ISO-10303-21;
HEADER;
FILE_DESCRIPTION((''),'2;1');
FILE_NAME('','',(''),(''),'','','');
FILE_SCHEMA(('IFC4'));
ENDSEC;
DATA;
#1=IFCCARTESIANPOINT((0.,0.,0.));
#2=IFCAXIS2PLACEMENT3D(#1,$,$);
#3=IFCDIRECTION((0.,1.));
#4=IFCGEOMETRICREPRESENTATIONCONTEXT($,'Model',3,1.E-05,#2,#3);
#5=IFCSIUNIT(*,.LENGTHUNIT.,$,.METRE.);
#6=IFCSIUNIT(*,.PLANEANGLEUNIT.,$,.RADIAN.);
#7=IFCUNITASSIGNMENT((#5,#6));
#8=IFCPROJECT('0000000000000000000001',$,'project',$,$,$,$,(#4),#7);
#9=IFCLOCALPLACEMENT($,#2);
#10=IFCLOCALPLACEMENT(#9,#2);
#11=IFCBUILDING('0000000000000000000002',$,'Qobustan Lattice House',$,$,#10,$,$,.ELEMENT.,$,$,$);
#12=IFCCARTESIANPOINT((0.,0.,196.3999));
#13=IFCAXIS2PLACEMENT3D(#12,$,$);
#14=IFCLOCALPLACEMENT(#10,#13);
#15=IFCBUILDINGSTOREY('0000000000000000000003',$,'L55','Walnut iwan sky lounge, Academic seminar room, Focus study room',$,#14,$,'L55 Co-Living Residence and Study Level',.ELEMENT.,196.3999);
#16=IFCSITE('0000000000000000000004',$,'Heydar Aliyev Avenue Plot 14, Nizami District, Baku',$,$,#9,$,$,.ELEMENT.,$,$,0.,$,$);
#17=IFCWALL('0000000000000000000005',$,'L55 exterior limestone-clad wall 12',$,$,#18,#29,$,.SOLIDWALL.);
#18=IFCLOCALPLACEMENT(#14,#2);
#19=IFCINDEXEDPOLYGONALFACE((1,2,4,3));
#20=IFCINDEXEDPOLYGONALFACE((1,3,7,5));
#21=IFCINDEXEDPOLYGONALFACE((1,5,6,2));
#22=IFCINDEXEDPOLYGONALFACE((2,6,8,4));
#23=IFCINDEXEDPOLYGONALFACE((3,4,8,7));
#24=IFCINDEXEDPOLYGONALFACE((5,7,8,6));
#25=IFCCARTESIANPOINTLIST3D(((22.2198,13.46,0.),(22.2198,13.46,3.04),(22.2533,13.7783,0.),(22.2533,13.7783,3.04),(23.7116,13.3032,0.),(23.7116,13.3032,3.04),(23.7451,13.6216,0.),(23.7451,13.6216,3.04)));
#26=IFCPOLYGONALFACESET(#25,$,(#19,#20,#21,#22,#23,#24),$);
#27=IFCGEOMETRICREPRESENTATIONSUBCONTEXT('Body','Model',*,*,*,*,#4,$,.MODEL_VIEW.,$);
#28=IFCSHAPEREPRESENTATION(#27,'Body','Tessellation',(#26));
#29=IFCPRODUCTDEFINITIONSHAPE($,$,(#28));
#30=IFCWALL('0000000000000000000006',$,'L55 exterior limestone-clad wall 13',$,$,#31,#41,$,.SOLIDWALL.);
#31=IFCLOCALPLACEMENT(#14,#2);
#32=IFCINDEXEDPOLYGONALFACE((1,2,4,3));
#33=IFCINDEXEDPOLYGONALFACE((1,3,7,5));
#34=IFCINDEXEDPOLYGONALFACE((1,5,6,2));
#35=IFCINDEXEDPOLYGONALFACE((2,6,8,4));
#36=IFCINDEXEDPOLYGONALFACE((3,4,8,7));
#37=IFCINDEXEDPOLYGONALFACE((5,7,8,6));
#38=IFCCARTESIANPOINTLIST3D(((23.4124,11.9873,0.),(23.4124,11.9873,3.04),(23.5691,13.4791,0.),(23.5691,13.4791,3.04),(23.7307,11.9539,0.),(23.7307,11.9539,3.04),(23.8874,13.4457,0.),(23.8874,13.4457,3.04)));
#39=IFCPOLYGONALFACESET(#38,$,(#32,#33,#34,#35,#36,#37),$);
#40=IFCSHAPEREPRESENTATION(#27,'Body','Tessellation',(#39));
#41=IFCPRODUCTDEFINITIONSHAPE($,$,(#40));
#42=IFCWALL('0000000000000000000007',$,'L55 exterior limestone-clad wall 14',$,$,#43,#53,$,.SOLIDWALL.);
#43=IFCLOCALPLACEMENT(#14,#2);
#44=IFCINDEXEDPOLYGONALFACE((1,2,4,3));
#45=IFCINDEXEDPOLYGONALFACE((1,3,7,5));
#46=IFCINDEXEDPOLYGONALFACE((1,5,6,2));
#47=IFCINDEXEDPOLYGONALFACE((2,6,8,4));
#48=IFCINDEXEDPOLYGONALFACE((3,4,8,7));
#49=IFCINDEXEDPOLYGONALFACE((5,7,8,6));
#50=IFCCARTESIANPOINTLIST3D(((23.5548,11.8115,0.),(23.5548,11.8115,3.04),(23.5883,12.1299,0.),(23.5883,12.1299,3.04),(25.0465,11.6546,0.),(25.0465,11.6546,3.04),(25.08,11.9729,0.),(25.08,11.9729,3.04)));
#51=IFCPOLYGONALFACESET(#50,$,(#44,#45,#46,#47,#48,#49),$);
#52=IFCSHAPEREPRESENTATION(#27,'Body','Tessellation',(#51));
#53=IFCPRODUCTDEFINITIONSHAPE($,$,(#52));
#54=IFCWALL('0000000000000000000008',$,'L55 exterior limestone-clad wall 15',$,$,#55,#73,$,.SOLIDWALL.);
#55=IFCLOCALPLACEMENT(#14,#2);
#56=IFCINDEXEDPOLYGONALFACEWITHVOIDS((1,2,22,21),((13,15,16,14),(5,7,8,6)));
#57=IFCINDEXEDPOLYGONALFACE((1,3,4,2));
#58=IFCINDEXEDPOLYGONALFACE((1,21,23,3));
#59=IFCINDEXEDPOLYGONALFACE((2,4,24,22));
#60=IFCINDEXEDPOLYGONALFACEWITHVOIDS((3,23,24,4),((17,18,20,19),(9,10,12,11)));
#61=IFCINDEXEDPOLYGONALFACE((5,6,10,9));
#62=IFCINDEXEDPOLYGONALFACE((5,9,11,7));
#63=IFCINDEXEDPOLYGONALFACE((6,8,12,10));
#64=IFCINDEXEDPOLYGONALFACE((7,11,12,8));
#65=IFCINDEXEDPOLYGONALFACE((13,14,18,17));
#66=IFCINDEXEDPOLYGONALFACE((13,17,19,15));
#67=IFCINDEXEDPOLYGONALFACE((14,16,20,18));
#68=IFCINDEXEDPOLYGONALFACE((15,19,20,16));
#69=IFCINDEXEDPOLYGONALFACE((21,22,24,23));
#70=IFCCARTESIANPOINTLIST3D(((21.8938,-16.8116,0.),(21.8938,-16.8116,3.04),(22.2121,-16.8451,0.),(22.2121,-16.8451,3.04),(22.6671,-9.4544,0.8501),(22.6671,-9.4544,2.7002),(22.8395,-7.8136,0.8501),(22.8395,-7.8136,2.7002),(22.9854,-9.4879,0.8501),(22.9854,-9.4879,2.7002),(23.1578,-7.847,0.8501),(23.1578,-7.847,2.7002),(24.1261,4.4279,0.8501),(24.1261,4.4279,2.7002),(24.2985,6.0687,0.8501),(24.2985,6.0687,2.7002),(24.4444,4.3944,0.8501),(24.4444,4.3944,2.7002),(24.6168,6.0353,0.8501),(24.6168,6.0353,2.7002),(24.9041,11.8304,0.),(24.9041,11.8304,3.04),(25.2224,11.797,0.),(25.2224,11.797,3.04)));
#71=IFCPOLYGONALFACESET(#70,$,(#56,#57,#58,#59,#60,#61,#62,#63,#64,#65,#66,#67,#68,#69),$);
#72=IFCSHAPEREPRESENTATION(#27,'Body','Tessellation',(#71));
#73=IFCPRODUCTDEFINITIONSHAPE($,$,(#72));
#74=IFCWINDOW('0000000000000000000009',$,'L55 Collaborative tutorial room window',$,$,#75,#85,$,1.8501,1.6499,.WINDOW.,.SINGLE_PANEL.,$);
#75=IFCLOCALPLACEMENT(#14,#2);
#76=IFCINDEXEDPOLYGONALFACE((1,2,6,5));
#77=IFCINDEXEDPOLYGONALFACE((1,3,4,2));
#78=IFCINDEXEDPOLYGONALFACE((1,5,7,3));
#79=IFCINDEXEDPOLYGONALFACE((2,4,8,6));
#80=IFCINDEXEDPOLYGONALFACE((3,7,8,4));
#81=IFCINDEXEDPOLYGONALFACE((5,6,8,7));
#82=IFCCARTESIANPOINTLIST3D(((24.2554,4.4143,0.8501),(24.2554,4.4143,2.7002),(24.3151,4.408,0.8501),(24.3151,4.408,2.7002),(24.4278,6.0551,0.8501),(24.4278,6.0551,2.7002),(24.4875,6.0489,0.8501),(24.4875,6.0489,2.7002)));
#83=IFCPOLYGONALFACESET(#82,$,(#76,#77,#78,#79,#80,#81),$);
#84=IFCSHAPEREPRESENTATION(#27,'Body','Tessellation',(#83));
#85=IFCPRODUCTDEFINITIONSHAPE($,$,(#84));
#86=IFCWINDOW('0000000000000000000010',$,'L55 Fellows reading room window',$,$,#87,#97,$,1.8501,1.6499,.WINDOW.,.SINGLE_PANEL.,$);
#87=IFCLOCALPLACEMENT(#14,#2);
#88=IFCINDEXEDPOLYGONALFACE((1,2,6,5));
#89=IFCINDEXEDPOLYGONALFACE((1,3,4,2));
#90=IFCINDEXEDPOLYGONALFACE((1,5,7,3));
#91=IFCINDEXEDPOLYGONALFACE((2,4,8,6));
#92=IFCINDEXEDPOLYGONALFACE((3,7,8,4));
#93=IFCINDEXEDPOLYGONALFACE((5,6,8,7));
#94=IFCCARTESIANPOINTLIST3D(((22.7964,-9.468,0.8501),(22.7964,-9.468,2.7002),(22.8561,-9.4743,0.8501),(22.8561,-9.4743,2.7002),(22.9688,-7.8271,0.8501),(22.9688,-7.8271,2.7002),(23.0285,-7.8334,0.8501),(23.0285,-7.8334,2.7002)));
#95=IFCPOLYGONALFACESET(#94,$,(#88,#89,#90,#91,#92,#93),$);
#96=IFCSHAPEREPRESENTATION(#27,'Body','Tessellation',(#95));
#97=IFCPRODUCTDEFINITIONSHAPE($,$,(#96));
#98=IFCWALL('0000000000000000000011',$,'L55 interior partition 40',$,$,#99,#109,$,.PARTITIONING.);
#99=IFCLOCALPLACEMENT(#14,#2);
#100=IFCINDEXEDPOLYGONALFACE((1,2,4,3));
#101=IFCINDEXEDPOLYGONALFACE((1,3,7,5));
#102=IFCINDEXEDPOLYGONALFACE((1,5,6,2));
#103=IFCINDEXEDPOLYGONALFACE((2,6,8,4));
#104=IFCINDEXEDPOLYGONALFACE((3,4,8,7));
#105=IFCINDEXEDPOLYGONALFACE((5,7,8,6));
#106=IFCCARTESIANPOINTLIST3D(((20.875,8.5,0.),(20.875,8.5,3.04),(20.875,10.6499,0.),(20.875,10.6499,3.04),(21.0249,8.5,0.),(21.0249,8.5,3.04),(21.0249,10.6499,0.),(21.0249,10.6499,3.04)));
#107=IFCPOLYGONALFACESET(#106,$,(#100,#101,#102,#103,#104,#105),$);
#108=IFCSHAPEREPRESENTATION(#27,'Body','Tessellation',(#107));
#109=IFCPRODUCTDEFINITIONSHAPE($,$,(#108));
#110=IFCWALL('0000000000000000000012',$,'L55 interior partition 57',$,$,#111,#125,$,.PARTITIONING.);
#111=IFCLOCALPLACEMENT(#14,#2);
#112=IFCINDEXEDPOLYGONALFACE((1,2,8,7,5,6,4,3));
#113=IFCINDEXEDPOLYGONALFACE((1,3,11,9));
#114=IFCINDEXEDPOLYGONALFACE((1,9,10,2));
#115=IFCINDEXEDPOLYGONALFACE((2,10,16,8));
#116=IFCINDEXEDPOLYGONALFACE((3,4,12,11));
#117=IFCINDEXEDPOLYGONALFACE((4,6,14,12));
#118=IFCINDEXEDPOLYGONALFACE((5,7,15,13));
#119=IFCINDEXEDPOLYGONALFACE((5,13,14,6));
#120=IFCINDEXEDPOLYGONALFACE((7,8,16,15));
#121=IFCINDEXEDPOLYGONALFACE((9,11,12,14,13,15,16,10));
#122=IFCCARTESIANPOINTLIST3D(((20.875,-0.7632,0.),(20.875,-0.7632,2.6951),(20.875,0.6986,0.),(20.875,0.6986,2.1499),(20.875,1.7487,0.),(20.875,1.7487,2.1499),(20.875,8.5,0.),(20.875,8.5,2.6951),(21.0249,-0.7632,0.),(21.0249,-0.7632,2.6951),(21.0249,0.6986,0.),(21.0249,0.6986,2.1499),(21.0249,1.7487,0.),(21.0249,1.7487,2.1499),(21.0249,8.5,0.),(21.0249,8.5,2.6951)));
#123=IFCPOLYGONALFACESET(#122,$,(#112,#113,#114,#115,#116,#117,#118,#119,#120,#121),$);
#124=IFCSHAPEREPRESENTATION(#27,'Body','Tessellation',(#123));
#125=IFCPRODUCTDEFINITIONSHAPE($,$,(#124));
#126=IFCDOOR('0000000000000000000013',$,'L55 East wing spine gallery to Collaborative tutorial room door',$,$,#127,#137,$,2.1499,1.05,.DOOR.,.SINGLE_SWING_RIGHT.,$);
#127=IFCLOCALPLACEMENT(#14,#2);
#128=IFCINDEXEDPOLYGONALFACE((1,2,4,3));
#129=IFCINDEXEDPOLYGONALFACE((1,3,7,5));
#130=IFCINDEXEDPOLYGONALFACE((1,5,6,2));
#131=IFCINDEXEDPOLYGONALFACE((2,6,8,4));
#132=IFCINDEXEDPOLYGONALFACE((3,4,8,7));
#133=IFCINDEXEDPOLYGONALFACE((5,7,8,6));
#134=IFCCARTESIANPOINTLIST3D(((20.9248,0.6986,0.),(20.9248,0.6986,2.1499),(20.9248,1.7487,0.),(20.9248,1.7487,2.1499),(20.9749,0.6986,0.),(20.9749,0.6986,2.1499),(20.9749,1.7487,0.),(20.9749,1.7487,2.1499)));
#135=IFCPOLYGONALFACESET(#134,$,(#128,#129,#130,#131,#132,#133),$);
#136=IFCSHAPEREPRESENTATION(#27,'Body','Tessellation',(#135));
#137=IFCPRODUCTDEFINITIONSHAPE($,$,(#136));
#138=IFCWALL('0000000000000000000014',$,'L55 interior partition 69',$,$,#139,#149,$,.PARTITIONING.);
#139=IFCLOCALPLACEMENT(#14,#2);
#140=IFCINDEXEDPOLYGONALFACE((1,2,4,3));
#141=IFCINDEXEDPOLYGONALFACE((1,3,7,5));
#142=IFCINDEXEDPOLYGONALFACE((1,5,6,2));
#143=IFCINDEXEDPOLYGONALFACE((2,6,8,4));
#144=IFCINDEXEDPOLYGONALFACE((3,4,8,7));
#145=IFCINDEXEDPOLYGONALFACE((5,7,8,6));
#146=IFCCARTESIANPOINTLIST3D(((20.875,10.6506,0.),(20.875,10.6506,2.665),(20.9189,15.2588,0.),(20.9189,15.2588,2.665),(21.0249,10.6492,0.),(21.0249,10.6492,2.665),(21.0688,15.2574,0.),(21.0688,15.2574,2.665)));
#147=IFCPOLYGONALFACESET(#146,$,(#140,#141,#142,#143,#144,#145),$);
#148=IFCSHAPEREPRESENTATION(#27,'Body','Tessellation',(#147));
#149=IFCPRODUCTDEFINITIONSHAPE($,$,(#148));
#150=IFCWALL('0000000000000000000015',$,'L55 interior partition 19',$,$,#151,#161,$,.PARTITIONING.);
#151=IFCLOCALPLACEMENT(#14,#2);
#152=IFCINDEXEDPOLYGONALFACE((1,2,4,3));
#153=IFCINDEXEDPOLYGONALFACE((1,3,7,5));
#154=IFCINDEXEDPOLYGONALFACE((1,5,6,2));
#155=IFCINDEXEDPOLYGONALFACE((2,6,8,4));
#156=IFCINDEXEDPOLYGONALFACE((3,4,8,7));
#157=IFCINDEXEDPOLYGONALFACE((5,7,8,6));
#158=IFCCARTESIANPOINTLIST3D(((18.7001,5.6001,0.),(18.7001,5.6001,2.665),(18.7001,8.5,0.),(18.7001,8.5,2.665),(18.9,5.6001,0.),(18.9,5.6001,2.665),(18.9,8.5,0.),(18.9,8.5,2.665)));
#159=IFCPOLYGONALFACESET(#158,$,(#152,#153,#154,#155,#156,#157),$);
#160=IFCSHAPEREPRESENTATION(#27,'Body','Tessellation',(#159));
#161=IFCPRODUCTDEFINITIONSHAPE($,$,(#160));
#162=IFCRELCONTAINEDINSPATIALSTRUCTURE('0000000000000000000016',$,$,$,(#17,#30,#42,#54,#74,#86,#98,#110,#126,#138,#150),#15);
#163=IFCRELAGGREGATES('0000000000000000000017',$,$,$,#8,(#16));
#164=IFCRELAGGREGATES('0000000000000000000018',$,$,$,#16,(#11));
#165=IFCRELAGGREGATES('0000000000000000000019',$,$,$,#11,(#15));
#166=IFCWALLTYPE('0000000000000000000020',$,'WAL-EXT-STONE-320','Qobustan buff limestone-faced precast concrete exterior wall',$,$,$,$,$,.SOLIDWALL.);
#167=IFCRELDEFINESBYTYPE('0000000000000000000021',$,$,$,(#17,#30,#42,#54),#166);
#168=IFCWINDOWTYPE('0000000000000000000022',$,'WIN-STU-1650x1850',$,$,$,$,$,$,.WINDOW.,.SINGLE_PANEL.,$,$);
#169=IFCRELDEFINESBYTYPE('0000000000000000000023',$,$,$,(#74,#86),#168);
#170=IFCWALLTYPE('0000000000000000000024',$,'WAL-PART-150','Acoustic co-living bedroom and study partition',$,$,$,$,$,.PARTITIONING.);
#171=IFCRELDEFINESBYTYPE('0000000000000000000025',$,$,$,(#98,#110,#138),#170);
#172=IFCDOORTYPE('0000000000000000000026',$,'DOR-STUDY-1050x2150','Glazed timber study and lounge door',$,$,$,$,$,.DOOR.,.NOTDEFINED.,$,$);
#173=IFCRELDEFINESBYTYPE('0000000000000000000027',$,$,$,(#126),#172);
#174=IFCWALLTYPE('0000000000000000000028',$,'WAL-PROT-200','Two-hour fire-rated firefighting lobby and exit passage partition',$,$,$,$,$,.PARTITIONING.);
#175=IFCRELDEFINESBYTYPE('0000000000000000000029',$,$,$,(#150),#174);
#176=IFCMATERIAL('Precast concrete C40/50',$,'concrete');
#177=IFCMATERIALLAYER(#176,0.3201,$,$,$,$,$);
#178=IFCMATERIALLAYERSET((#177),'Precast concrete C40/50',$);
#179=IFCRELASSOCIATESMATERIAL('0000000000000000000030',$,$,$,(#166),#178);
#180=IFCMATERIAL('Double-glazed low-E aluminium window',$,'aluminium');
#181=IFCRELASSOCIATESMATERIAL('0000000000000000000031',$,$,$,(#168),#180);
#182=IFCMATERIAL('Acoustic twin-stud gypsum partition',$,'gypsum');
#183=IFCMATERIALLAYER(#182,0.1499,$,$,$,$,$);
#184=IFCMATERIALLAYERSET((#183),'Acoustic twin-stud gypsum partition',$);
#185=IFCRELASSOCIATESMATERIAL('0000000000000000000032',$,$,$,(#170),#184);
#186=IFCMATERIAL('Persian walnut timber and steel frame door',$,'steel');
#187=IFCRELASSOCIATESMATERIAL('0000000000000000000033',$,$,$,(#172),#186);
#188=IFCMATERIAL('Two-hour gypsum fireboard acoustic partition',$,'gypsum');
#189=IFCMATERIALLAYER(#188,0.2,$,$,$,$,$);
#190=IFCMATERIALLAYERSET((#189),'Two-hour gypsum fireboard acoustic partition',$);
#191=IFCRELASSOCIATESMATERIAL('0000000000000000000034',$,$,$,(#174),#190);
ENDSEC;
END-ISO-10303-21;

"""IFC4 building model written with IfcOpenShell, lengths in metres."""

from ifc_helpers import new_model, si_unit, direction, frame, frame_2d, origin, place, context, subcontext, project, spatial, rectangle, extrude, material, layer, layer_set, type_object, element, fill, save


model = new_model("IFC4")

# Units and contexts
model_context = context("Model", 3, precision=1e-05, world=origin(), true_north=direction((0.0, 1.0)))
body_context = subcontext(model_context, "Body", "Model", "MODEL_VIEW")
ifc_project = project(units=[si_unit("LENGTHUNIT", "METRE"), si_unit("PLANEANGLEUNIT", "RADIAN")], contexts=[model_context])

# Site, building, storey
site_placement = place(None, origin())
site = spatial("IfcSite", under=ifc_project, at=site_placement, Name="Heydar Aliyev Avenue Plot 14, Nizami District, Baku", CompositionType="ELEMENT", RefElevation=0.0)
building_placement = place(site_placement, origin())
building = spatial("IfcBuilding", under=site, at=building_placement, Name="Qobustan Lattice House", CompositionType="ELEMENT")
storey_placement = place(building_placement, frame((0.0, 0.0, 196.3999)))
storey = spatial("IfcBuildingStorey", under=building, at=storey_placement, Name="L55", Description="Walnut iwan sky lounge, Academic seminar room, Focus study room", LongName="L55 Co-Living Residence and Study Level", CompositionType="ELEMENT", Elevation=196.3999)

# Walls
ifc_material_1 = material(Name="Precast concrete C40/50", Category="concrete")
ifc_layer_1 = layer(ifc_material_1, 0.3201)
ifc_layer_set_1 = layer_set([ifc_layer_1], Name="Precast concrete C40/50")
wall_type_1 = type_object("IfcWallType", Name="WAL-EXT-STONE-320", Description="Qobustan buff limestone-faced precast concrete exterior wall", PredefinedType="SOLIDWALL", material=ifc_layer_set_1)
for number, where, z_axis, x_axis, name in (
    (1, (22.2366, 13.6191, 0.0), (0.0, 0.0, 1.0), (0.994525, -0.104498, 0.0), "L55 exterior limestone-clad wall 12"),
    (2, (23.7283, 13.4624, 0.0), (0.0, 0.0, 1.0), (-0.104498, -0.994525, 0.0), "L55 exterior limestone-clad wall 13"),
    (3, (23.5715, 11.9707, 0.0), (0.0, 0.0, 1.0), (0.994508, -0.104659, 0.0), "L55 exterior limestone-clad wall 14"),
):
    element("IfcWall", number, at=place(storey_placement, frame(where, z_axis=z_axis, x_axis=x_axis)), inside=storey, type_object=wall_type_1, Name=name, PredefinedType="SOLIDWALL", context=body_context, shape_type="SweptSolid", body=[
        extrude(rectangle(XDim=1.5, YDim=0.3201, at=frame_2d((0.75, 0.0))), origin(), (0.0, 0.0, 1.0), 3.04),
    ])

# Wall, openings, windows
wall_1_placement = place(storey_placement, frame((25.0632, 11.8137, 0.0), z_axis=(0.0, 0.0, 1.0), x_axis=(-0.104523, -0.994522, 0.0)))
wall_1 = element("IfcWall", 4, at=wall_1_placement, inside=storey, type_object=wall_type_1, Name="L55 exterior limestone-clad wall 15", PredefinedType="SOLIDWALL", context=body_context, shape_type="SweptSolid", body=[
    extrude(rectangle(XDim=28.7998, YDim=0.3201, at=frame_2d((14.3999, 0.0))), origin(), (0.0, 0.0, 1.0), 3.04),
])
opening_1_placement = place(wall_1_placement, frame((5.7935, 0.0, 0.8501)))
opening_1 = element("IfcOpeningElement", 5, at=opening_1_placement, cuts=wall_1, PredefinedType="OPENING", context=body_context, shape_type="SweptSolid", body=[
    extrude(rectangle(XDim=1.6499, YDim=1.8501, at=frame_2d((0.825, 0.925))), frame((0.0, 0.1699, 0.0), z_axis=(0.0, -1.0, 0.0), x_axis=(1.0, 0.0, 0.0)), (0.0, 0.0, 1.0), 0.3401),
])
opening_2_placement = place(wall_1_placement, frame((19.7522, 0.0, 0.8501)))
opening_2 = element("IfcOpeningElement", 6, at=opening_2_placement, cuts=wall_1, PredefinedType="OPENING", context=body_context, shape_type="SweptSolid", body=[
    extrude(rectangle(XDim=1.6499, YDim=1.8501, at=frame_2d((0.825, 0.925))), frame((0.0, 0.1699, 0.0), z_axis=(0.0, -1.0, 0.0), x_axis=(1.0, 0.0, 0.0)), (0.0, 0.0, 1.0), 0.3401),
])
ifc_material_2 = material(Name="Double-glazed low-E aluminium window", Category="aluminium")
window_type = type_object("IfcWindowType", Name="WIN-STU-1650x1850", PartitioningType="SINGLE_PANEL", PredefinedType="WINDOW", material=ifc_material_2)
window_1_placement = place(opening_1_placement, origin())
window_1 = element("IfcWindow", 7, at=window_1_placement, inside=storey, type_object=window_type, Name="L55 Collaborative tutorial room window", OverallHeight=1.8501, OverallWidth=1.6499, PartitioningType="SINGLE_PANEL", PredefinedType="WINDOW", context=body_context, shape_type="SweptSolid", body=[
    extrude(rectangle(XDim=1.6499, YDim=1.8501, at=frame_2d((0.825, 0.925))), frame((0.0, 0.03, 0.0), z_axis=(0.0, -1.0, 0.0), x_axis=(1.0, 0.0, 0.0)), (0.0, 0.0, 1.0), 0.0601),
])
fill(opening_1, window_1)
window_2_placement = place(opening_2_placement, origin())
window_2 = element("IfcWindow", 8, at=window_2_placement, inside=storey, type_object=window_type, Name="L55 Fellows reading room window", OverallHeight=1.8501, OverallWidth=1.6499, PartitioningType="SINGLE_PANEL", PredefinedType="WINDOW", context=body_context, shape_type="SweptSolid", body=[
    extrude(rectangle(XDim=1.6499, YDim=1.8501, at=frame_2d((0.825, 0.925))), frame((0.0, 0.03, 0.0), z_axis=(0.0, -1.0, 0.0), x_axis=(1.0, 0.0, 0.0)), (0.0, 0.0, 1.0), 0.0601),
])
fill(opening_2, window_2)

# Wall
ifc_material_3 = material(Name="Acoustic twin-stud gypsum partition", Category="gypsum")
ifc_layer_2 = layer(ifc_material_3, 0.1499)
ifc_layer_set_2 = layer_set([ifc_layer_2], Name="Acoustic twin-stud gypsum partition")
wall_type_2 = type_object("IfcWallType", Name="WAL-PART-150", Description="Acoustic co-living bedroom and study partition", PredefinedType="PARTITIONING", material=ifc_layer_set_2)
wall_2_placement = place(storey_placement, frame((20.95, 10.6499, 0.0), z_axis=(0.0, 0.0, 1.0), x_axis=(0.0, -1.0, 0.0)))
element("IfcWall", 9, at=wall_2_placement, inside=storey, type_object=wall_type_2, Name="L55 interior partition 40", PredefinedType="PARTITIONING", context=body_context, shape_type="SweptSolid", body=[
    extrude(rectangle(XDim=2.1499, YDim=0.1499, at=frame_2d((1.075, 0.0))), origin(), (0.0, 0.0, 1.0), 3.04),
])

# Wall, opening, door
wall_3_placement = place(storey_placement, frame((20.95, 8.5, 0.0), z_axis=(0.0, 0.0, 1.0), x_axis=(0.0, -1.0, 0.0)))
wall_3 = element("IfcWall", 10, at=wall_3_placement, inside=storey, type_object=wall_type_2, Name="L55 interior partition 57", PredefinedType="PARTITIONING", context=body_context, shape_type="SweptSolid", body=[
    extrude(rectangle(XDim=9.2632, YDim=0.1499, at=frame_2d((4.6316, 0.0))), origin(), (0.0, 0.0, 1.0), 2.6951),
])
opening_3_placement = place(wall_3_placement, frame((6.7515, 0.0, 0.0)))
opening_3 = element("IfcOpeningElement", 11, at=opening_3_placement, cuts=wall_3, PredefinedType="OPENING", context=body_context, shape_type="SweptSolid", body=[
    extrude(rectangle(XDim=1.05, YDim=2.1499, at=frame_2d((0.5249, 1.075))), frame((0.0, 0.085, 0.0), z_axis=(0.0, -1.0, 0.0), x_axis=(1.0, 0.0, 0.0)), (0.0, 0.0, 1.0), 0.1699),
])
ifc_material_4 = material(Name="Persian walnut timber and steel frame door", Category="steel")
door_type_1 = type_object("IfcDoorType", Name="DOR-STUDY-1050x2150", Description="Glazed timber study and lounge door", OperationType="NOTDEFINED", PredefinedType="DOOR", material=ifc_material_4)
door_1_placement = place(opening_3_placement, origin())
door_1 = element("IfcDoor", 12, at=door_1_placement, inside=storey, type_object=door_type_1, Name="L55 East wing spine gallery to Collaborative tutorial room door", OperationType="SINGLE_SWING_RIGHT", OverallHeight=2.1499, OverallWidth=1.05, PredefinedType="DOOR", context=body_context, shape_type="SweptSolid", body=[
    extrude(rectangle(XDim=1.05, YDim=2.1499, at=frame_2d((0.5249, 1.075))), frame((0.0, 0.0249, 0.0), z_axis=(0.0, -1.0, 0.0), x_axis=(1.0, 0.0, 0.0)), (0.0, 0.0, 1.0), 0.05),
])
fill(opening_3, door_1)

# Wall
wall_4_placement = place(storey_placement, frame((20.95, 10.6499, 0.0), z_axis=(0.0, 0.0, 1.0), x_axis=(0.009536, 0.999955, 0.0)))
element("IfcWall", 13, at=wall_4_placement, inside=storey, type_object=wall_type_2, Name="L55 interior partition 69", PredefinedType="PARTITIONING", context=body_context, shape_type="SweptSolid", body=[
    extrude(rectangle(XDim=4.6084, YDim=0.1499, at=frame_2d((2.3042, 0.0))), origin(), (0.0, 0.0, 1.0), 2.665),
])

# Shared definitions
ifc_material_5 = material(Name="Two-hour gypsum fireboard acoustic partition", Category="gypsum")
ifc_layer_3 = layer(ifc_material_5, 0.2)
ifc_layer_set_3 = layer_set([ifc_layer_3], Name="Two-hour gypsum fireboard acoustic partition")
wall_type_3 = type_object("IfcWallType", Name="WAL-PROT-200", Description="Two-hour fire-rated firefighting lobby and exit passage partition", PredefinedType="PARTITIONING", material=ifc_layer_set_3)

# Wall
wall_5_placement = place(storey_placement, frame((18.8, 5.6001, 0.0), z_axis=(0.0, 0.0, 1.0), x_axis=(0.0, 1.0, 0.0)))
element("IfcWall", 14, at=wall_5_placement, inside=storey, type_object=wall_type_3, Name="L55 interior partition 19", PredefinedType="PARTITIONING", context=body_context, shape_type="SweptSolid", body=[
    extrude(rectangle(XDim=2.8999, YDim=0.2, at=frame_2d((1.45, 0.0))), origin(), (0.0, 0.0, 1.0), 2.665),
])

save(model, "model.ifc")
